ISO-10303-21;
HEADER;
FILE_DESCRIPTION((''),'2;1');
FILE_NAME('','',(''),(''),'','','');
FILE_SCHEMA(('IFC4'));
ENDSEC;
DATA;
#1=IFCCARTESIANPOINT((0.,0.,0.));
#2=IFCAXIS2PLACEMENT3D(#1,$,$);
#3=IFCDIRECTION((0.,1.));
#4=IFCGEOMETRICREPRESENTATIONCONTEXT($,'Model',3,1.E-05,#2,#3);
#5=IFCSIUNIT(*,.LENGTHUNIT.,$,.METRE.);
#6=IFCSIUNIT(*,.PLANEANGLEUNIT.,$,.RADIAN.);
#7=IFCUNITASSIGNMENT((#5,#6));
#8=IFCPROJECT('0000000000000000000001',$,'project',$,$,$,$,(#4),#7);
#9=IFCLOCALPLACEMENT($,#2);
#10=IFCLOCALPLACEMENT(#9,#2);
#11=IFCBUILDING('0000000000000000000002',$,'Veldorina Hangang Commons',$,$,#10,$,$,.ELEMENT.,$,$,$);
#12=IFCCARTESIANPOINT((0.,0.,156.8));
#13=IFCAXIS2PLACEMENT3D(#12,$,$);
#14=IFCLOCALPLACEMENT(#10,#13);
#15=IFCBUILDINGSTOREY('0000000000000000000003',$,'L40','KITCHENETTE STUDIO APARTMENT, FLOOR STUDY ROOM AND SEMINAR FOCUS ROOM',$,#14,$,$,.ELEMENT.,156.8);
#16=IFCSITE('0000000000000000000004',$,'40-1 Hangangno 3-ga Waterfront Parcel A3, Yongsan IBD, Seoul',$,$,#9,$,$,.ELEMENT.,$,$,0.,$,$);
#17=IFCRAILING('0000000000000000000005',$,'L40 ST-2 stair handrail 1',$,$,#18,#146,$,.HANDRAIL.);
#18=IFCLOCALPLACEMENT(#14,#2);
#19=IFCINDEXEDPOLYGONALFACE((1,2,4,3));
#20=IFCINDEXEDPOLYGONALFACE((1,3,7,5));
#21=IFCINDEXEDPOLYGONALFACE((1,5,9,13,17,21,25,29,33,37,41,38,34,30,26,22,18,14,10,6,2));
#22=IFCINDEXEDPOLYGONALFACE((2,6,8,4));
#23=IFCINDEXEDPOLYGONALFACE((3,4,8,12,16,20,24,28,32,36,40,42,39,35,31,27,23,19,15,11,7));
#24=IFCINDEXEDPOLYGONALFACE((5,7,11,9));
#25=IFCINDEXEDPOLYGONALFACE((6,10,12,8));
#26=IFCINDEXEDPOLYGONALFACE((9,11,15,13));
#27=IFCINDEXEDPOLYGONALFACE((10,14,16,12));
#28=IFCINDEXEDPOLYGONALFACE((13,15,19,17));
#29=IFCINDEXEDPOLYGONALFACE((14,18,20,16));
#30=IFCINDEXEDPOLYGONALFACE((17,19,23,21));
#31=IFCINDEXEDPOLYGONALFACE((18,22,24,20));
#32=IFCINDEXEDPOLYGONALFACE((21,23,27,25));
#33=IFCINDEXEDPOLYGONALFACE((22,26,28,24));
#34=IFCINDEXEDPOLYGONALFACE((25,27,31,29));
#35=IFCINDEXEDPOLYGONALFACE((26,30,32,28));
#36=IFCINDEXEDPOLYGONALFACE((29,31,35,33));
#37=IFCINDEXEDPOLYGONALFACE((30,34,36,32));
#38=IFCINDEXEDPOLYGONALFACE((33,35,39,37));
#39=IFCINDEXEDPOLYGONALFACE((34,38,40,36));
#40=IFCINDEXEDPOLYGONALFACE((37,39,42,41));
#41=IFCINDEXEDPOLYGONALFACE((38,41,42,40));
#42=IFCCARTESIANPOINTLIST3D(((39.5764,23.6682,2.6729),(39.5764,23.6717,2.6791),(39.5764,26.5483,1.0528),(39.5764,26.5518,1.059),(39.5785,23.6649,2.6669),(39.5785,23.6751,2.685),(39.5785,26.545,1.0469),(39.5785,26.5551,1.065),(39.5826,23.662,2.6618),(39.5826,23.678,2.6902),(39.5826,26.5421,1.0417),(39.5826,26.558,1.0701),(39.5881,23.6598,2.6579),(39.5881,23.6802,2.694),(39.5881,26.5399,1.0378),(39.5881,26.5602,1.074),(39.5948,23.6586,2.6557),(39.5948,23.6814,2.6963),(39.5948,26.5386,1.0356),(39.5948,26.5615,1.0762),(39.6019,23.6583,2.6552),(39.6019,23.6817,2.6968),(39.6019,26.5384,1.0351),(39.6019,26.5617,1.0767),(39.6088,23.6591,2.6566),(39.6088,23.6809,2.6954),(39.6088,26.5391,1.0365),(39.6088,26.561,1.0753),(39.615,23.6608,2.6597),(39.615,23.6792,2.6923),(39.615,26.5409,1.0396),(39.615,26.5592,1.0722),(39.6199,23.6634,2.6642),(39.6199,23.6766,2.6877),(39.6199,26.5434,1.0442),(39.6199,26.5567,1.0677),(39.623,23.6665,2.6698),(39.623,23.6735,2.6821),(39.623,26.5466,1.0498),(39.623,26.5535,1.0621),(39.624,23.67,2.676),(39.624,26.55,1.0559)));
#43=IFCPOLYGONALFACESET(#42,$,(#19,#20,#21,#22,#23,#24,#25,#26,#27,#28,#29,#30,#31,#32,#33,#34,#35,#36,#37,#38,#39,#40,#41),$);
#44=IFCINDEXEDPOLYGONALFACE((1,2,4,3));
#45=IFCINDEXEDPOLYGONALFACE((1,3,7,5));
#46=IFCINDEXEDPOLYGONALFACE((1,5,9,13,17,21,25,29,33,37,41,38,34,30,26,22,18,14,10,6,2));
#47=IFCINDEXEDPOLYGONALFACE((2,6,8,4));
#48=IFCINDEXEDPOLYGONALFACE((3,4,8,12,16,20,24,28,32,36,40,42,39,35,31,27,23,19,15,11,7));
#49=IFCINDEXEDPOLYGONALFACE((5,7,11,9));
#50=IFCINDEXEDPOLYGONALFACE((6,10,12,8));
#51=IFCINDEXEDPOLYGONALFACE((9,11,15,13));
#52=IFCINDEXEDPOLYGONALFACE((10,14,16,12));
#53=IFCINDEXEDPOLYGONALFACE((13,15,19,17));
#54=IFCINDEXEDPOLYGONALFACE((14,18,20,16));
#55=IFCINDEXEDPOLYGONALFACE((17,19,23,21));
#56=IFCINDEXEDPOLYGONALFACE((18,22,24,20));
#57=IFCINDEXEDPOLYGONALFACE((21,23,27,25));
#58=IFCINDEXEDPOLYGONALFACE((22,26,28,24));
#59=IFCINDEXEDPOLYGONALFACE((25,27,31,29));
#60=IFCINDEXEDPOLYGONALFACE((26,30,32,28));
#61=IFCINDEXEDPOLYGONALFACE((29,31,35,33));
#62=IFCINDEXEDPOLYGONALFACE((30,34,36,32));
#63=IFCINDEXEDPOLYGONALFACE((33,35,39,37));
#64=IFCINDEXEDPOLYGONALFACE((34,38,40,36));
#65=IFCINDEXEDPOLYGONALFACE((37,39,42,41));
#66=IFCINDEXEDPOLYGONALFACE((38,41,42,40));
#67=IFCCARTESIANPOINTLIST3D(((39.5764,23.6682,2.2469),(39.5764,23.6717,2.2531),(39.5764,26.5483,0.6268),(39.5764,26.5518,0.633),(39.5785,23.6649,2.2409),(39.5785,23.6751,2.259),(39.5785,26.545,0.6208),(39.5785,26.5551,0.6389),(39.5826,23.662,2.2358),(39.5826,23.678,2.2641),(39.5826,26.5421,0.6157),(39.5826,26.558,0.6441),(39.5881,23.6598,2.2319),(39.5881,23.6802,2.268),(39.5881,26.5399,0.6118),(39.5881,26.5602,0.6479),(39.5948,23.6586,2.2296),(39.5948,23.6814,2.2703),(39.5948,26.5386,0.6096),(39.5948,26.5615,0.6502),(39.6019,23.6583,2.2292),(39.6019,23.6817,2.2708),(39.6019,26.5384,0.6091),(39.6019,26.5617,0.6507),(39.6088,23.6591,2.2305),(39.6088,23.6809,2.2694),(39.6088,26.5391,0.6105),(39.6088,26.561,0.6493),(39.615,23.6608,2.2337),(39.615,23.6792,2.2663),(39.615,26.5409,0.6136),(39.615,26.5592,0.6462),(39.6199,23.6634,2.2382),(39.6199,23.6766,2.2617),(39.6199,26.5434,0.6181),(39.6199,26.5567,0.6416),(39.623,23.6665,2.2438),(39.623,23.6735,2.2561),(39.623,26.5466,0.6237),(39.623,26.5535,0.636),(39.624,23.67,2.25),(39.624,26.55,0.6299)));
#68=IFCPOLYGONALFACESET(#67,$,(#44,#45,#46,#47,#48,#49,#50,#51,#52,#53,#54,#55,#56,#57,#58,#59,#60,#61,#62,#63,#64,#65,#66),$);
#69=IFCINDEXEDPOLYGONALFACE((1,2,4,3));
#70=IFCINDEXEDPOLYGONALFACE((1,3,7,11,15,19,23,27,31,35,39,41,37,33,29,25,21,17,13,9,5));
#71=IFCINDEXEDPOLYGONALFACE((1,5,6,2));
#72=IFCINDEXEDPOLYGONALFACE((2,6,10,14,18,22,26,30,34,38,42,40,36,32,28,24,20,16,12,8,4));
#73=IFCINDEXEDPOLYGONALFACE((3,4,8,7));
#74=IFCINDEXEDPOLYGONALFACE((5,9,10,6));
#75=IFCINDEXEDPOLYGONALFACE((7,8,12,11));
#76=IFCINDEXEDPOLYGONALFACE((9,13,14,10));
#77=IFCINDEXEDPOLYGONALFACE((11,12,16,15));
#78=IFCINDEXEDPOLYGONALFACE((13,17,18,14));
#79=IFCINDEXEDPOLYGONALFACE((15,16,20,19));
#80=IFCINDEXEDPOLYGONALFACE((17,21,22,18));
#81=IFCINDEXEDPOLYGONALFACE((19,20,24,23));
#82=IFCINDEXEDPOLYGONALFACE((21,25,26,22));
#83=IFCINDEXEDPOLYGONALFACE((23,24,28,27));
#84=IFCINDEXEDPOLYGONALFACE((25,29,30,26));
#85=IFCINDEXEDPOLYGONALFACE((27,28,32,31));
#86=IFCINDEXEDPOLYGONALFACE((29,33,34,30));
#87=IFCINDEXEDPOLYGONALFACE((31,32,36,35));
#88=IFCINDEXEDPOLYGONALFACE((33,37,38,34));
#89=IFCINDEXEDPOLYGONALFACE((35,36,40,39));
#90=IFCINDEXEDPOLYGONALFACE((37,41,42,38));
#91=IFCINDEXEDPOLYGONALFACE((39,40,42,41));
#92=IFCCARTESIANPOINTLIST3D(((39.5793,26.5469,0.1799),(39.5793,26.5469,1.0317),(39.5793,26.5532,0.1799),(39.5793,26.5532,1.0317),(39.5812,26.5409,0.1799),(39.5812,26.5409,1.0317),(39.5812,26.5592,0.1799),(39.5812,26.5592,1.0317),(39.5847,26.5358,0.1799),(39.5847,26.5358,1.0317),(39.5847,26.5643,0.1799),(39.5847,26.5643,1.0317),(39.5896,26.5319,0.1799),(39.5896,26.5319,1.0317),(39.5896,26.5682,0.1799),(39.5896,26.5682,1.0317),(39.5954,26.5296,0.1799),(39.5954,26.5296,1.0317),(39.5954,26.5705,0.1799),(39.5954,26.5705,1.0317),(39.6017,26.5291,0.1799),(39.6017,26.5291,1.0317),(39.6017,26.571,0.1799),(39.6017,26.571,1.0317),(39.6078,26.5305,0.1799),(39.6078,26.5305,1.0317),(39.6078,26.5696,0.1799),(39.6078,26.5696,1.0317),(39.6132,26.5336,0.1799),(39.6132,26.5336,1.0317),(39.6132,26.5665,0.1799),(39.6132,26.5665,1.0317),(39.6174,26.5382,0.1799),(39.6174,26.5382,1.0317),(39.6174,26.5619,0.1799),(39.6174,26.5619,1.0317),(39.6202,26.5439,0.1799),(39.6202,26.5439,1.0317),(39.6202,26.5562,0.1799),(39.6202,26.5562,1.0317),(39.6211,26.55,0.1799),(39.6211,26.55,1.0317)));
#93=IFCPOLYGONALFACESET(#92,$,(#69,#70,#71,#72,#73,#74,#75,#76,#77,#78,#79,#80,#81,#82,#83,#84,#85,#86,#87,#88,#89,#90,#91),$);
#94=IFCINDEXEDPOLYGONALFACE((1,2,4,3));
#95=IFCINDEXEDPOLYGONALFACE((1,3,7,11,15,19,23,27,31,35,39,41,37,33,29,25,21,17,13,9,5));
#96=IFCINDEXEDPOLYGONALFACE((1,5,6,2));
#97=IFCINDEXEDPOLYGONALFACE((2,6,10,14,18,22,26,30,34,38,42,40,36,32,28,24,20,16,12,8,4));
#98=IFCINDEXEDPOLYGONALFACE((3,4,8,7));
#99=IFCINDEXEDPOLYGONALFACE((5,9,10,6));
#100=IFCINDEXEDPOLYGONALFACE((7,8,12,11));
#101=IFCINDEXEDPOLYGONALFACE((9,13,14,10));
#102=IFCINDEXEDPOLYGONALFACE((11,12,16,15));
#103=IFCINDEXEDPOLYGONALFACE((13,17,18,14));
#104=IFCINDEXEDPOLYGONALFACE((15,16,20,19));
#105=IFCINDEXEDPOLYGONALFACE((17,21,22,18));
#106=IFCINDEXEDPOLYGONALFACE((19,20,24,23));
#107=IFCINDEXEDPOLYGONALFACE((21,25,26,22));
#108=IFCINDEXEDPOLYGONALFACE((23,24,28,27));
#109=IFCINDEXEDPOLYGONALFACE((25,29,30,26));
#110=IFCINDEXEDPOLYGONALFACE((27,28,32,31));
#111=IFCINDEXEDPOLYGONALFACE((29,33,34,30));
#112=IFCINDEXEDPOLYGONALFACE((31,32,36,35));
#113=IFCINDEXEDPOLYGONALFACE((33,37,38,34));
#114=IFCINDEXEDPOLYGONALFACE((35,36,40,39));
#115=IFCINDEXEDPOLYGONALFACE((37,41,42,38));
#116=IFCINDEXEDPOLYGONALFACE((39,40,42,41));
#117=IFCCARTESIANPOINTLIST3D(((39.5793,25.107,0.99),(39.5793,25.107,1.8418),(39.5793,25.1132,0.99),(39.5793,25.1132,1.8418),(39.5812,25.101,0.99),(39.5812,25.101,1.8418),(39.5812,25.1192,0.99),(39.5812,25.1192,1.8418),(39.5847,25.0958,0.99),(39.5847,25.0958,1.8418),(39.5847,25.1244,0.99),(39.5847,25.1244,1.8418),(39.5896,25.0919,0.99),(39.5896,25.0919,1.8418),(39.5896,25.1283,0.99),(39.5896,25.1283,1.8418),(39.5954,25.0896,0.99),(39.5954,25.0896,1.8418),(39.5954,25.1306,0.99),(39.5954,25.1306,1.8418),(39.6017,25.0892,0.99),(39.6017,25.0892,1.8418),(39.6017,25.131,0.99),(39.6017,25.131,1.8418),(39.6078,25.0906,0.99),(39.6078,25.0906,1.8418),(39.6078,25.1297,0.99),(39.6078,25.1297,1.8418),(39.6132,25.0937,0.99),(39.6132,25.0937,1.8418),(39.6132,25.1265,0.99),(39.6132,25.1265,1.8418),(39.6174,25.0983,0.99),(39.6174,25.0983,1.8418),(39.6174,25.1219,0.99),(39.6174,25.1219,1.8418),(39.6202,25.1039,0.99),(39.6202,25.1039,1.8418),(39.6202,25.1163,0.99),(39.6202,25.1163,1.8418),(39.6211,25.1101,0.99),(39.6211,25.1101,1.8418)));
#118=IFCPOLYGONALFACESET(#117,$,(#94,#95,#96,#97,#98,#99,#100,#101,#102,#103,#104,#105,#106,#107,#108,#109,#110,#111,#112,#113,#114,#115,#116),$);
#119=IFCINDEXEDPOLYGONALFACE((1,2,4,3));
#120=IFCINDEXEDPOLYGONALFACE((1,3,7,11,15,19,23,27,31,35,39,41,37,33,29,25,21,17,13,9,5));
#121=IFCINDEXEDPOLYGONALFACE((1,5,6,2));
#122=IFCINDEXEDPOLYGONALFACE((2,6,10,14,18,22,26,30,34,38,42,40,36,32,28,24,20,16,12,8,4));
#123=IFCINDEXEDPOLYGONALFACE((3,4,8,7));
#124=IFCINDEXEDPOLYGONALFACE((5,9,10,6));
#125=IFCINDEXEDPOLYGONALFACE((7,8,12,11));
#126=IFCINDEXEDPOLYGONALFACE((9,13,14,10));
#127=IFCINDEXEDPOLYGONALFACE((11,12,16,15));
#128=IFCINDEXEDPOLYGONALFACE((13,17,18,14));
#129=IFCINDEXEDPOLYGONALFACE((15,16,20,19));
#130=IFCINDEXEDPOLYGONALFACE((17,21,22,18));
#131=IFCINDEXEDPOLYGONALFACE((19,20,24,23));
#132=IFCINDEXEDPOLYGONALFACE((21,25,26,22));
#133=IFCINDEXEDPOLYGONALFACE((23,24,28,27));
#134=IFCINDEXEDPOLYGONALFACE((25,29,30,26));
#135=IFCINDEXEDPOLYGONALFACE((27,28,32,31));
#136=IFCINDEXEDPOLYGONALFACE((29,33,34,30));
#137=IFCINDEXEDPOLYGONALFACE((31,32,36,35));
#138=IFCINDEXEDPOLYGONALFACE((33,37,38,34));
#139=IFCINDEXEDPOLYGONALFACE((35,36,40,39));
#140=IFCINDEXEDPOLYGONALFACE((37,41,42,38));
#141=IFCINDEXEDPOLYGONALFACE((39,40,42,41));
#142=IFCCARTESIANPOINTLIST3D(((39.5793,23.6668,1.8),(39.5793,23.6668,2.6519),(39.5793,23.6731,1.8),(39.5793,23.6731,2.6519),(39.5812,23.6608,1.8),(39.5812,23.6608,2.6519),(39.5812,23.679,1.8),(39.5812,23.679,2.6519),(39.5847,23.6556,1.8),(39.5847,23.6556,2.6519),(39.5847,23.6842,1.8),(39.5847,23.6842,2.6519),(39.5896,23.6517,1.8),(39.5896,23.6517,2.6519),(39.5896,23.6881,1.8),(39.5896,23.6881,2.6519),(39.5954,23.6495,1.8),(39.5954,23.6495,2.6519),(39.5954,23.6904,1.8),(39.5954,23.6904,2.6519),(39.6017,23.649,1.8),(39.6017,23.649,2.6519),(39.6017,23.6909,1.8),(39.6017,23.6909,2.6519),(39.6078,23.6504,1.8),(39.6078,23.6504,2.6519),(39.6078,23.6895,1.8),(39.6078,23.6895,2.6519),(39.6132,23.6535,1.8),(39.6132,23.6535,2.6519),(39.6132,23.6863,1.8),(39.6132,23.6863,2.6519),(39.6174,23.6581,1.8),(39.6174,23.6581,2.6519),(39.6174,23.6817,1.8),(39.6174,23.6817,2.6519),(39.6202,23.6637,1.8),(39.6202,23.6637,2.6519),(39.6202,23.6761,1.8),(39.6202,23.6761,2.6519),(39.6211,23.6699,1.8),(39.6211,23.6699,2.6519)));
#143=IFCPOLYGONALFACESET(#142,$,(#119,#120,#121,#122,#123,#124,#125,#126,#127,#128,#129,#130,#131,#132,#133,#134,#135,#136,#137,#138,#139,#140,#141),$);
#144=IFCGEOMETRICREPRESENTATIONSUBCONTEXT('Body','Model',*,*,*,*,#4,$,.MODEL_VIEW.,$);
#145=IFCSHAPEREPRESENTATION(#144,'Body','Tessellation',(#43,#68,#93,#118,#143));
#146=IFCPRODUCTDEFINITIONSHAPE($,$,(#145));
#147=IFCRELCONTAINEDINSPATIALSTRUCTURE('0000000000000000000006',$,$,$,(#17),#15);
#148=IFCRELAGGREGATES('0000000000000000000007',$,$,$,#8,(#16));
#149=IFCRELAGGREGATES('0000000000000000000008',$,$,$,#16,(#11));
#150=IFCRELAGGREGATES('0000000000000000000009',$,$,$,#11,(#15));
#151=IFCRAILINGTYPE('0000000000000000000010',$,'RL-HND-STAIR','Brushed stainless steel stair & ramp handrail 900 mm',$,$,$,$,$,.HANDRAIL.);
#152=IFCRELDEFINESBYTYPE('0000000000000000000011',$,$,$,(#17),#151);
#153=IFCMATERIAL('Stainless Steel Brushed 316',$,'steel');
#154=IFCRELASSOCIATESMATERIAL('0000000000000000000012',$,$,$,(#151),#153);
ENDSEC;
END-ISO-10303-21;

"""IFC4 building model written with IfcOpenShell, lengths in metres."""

from ifc_helpers import new_model, si_unit, direction, frame, origin, origin_2d, place, context, subcontext, project, spatial, circle, extrude, material, type_object, element, save


model = new_model("IFC4")

# Units and contexts
model_context = context("Model", 3, precision=1e-05, world=origin(), true_north=direction((0.0, 1.0)))
body_context = subcontext(model_context, "Body", "Model", "MODEL_VIEW")
ifc_project = project(units=[si_unit("LENGTHUNIT", "METRE"), si_unit("PLANEANGLEUNIT", "RADIAN")], contexts=[model_context])

# Site, building, storey
site_placement = place(None, origin())
site = spatial("IfcSite", under=ifc_project, at=site_placement, Name="40-1 Hangangno 3-ga Waterfront Parcel A3, Yongsan IBD, Seoul", CompositionType="ELEMENT", RefElevation=0.0)
building_placement = place(site_placement, origin())
building = spatial("IfcBuilding", under=site, at=building_placement, Name="Veldorina Hangang Commons", CompositionType="ELEMENT")
storey_placement = place(building_placement, frame((0.0, 0.0, 156.8)))
storey = spatial("IfcBuildingStorey", under=building, at=storey_placement, Name="L40", Description="KITCHENETTE STUDIO APARTMENT, FLOOR STUDY ROOM AND SEMINAR FOCUS ROOM", CompositionType="ELEMENT", Elevation=156.8)

# Railing
ifc_material_1 = material(Name="Stainless Steel Brushed 316", Category="steel")
railing_type_1 = type_object("IfcRailingType", Name="RL-HND-STAIR", Description="Brushed stainless steel stair & ramp handrail 900 mm", PredefinedType="HANDRAIL", material=ifc_material_1)
railing_1_placement = place(storey_placement, frame((39.6001, 26.55, 0.1799)))
element("IfcRailing", 1, at=railing_1_placement, inside=storey, type_object=railing_type_1, Name="L40 ST-2 stair handrail 1", PredefinedType="HANDRAIL", context=body_context, shape_type="SweptSolid", body=[
    extrude(circle(Radius=0.0239, at=origin_2d()), frame((0.0, 0.0, 0.876), z_axis=(0.0, -0.87157, 0.490272), x_axis=(1.0, 0.0, 0.0)), (0.0, 0.0, 1.0), 3.3044),
    extrude(circle(Radius=0.0239, at=origin_2d()), frame((0.0, 0.0, 0.45), z_axis=(0.0, -0.87157, 0.490272), x_axis=(1.0, 0.0, 0.0)), (0.0, 0.0, 1.0), 3.3044),
    extrude(circle(Radius=0.021, at=origin_2d()), origin(), (0.0, 0.0, 1.0), 0.8518),
    extrude(circle(Radius=0.021, at=origin_2d()), frame((0.0, -1.4399, 0.8101)), (0.0, 0.0, 1.0), 0.8518),
    extrude(circle(Radius=0.021, at=origin_2d()), frame((0.0, -2.8801, 1.6201)), (0.0, 0.0, 1.0), 0.8518),
])

save(model, "model.ifc")
